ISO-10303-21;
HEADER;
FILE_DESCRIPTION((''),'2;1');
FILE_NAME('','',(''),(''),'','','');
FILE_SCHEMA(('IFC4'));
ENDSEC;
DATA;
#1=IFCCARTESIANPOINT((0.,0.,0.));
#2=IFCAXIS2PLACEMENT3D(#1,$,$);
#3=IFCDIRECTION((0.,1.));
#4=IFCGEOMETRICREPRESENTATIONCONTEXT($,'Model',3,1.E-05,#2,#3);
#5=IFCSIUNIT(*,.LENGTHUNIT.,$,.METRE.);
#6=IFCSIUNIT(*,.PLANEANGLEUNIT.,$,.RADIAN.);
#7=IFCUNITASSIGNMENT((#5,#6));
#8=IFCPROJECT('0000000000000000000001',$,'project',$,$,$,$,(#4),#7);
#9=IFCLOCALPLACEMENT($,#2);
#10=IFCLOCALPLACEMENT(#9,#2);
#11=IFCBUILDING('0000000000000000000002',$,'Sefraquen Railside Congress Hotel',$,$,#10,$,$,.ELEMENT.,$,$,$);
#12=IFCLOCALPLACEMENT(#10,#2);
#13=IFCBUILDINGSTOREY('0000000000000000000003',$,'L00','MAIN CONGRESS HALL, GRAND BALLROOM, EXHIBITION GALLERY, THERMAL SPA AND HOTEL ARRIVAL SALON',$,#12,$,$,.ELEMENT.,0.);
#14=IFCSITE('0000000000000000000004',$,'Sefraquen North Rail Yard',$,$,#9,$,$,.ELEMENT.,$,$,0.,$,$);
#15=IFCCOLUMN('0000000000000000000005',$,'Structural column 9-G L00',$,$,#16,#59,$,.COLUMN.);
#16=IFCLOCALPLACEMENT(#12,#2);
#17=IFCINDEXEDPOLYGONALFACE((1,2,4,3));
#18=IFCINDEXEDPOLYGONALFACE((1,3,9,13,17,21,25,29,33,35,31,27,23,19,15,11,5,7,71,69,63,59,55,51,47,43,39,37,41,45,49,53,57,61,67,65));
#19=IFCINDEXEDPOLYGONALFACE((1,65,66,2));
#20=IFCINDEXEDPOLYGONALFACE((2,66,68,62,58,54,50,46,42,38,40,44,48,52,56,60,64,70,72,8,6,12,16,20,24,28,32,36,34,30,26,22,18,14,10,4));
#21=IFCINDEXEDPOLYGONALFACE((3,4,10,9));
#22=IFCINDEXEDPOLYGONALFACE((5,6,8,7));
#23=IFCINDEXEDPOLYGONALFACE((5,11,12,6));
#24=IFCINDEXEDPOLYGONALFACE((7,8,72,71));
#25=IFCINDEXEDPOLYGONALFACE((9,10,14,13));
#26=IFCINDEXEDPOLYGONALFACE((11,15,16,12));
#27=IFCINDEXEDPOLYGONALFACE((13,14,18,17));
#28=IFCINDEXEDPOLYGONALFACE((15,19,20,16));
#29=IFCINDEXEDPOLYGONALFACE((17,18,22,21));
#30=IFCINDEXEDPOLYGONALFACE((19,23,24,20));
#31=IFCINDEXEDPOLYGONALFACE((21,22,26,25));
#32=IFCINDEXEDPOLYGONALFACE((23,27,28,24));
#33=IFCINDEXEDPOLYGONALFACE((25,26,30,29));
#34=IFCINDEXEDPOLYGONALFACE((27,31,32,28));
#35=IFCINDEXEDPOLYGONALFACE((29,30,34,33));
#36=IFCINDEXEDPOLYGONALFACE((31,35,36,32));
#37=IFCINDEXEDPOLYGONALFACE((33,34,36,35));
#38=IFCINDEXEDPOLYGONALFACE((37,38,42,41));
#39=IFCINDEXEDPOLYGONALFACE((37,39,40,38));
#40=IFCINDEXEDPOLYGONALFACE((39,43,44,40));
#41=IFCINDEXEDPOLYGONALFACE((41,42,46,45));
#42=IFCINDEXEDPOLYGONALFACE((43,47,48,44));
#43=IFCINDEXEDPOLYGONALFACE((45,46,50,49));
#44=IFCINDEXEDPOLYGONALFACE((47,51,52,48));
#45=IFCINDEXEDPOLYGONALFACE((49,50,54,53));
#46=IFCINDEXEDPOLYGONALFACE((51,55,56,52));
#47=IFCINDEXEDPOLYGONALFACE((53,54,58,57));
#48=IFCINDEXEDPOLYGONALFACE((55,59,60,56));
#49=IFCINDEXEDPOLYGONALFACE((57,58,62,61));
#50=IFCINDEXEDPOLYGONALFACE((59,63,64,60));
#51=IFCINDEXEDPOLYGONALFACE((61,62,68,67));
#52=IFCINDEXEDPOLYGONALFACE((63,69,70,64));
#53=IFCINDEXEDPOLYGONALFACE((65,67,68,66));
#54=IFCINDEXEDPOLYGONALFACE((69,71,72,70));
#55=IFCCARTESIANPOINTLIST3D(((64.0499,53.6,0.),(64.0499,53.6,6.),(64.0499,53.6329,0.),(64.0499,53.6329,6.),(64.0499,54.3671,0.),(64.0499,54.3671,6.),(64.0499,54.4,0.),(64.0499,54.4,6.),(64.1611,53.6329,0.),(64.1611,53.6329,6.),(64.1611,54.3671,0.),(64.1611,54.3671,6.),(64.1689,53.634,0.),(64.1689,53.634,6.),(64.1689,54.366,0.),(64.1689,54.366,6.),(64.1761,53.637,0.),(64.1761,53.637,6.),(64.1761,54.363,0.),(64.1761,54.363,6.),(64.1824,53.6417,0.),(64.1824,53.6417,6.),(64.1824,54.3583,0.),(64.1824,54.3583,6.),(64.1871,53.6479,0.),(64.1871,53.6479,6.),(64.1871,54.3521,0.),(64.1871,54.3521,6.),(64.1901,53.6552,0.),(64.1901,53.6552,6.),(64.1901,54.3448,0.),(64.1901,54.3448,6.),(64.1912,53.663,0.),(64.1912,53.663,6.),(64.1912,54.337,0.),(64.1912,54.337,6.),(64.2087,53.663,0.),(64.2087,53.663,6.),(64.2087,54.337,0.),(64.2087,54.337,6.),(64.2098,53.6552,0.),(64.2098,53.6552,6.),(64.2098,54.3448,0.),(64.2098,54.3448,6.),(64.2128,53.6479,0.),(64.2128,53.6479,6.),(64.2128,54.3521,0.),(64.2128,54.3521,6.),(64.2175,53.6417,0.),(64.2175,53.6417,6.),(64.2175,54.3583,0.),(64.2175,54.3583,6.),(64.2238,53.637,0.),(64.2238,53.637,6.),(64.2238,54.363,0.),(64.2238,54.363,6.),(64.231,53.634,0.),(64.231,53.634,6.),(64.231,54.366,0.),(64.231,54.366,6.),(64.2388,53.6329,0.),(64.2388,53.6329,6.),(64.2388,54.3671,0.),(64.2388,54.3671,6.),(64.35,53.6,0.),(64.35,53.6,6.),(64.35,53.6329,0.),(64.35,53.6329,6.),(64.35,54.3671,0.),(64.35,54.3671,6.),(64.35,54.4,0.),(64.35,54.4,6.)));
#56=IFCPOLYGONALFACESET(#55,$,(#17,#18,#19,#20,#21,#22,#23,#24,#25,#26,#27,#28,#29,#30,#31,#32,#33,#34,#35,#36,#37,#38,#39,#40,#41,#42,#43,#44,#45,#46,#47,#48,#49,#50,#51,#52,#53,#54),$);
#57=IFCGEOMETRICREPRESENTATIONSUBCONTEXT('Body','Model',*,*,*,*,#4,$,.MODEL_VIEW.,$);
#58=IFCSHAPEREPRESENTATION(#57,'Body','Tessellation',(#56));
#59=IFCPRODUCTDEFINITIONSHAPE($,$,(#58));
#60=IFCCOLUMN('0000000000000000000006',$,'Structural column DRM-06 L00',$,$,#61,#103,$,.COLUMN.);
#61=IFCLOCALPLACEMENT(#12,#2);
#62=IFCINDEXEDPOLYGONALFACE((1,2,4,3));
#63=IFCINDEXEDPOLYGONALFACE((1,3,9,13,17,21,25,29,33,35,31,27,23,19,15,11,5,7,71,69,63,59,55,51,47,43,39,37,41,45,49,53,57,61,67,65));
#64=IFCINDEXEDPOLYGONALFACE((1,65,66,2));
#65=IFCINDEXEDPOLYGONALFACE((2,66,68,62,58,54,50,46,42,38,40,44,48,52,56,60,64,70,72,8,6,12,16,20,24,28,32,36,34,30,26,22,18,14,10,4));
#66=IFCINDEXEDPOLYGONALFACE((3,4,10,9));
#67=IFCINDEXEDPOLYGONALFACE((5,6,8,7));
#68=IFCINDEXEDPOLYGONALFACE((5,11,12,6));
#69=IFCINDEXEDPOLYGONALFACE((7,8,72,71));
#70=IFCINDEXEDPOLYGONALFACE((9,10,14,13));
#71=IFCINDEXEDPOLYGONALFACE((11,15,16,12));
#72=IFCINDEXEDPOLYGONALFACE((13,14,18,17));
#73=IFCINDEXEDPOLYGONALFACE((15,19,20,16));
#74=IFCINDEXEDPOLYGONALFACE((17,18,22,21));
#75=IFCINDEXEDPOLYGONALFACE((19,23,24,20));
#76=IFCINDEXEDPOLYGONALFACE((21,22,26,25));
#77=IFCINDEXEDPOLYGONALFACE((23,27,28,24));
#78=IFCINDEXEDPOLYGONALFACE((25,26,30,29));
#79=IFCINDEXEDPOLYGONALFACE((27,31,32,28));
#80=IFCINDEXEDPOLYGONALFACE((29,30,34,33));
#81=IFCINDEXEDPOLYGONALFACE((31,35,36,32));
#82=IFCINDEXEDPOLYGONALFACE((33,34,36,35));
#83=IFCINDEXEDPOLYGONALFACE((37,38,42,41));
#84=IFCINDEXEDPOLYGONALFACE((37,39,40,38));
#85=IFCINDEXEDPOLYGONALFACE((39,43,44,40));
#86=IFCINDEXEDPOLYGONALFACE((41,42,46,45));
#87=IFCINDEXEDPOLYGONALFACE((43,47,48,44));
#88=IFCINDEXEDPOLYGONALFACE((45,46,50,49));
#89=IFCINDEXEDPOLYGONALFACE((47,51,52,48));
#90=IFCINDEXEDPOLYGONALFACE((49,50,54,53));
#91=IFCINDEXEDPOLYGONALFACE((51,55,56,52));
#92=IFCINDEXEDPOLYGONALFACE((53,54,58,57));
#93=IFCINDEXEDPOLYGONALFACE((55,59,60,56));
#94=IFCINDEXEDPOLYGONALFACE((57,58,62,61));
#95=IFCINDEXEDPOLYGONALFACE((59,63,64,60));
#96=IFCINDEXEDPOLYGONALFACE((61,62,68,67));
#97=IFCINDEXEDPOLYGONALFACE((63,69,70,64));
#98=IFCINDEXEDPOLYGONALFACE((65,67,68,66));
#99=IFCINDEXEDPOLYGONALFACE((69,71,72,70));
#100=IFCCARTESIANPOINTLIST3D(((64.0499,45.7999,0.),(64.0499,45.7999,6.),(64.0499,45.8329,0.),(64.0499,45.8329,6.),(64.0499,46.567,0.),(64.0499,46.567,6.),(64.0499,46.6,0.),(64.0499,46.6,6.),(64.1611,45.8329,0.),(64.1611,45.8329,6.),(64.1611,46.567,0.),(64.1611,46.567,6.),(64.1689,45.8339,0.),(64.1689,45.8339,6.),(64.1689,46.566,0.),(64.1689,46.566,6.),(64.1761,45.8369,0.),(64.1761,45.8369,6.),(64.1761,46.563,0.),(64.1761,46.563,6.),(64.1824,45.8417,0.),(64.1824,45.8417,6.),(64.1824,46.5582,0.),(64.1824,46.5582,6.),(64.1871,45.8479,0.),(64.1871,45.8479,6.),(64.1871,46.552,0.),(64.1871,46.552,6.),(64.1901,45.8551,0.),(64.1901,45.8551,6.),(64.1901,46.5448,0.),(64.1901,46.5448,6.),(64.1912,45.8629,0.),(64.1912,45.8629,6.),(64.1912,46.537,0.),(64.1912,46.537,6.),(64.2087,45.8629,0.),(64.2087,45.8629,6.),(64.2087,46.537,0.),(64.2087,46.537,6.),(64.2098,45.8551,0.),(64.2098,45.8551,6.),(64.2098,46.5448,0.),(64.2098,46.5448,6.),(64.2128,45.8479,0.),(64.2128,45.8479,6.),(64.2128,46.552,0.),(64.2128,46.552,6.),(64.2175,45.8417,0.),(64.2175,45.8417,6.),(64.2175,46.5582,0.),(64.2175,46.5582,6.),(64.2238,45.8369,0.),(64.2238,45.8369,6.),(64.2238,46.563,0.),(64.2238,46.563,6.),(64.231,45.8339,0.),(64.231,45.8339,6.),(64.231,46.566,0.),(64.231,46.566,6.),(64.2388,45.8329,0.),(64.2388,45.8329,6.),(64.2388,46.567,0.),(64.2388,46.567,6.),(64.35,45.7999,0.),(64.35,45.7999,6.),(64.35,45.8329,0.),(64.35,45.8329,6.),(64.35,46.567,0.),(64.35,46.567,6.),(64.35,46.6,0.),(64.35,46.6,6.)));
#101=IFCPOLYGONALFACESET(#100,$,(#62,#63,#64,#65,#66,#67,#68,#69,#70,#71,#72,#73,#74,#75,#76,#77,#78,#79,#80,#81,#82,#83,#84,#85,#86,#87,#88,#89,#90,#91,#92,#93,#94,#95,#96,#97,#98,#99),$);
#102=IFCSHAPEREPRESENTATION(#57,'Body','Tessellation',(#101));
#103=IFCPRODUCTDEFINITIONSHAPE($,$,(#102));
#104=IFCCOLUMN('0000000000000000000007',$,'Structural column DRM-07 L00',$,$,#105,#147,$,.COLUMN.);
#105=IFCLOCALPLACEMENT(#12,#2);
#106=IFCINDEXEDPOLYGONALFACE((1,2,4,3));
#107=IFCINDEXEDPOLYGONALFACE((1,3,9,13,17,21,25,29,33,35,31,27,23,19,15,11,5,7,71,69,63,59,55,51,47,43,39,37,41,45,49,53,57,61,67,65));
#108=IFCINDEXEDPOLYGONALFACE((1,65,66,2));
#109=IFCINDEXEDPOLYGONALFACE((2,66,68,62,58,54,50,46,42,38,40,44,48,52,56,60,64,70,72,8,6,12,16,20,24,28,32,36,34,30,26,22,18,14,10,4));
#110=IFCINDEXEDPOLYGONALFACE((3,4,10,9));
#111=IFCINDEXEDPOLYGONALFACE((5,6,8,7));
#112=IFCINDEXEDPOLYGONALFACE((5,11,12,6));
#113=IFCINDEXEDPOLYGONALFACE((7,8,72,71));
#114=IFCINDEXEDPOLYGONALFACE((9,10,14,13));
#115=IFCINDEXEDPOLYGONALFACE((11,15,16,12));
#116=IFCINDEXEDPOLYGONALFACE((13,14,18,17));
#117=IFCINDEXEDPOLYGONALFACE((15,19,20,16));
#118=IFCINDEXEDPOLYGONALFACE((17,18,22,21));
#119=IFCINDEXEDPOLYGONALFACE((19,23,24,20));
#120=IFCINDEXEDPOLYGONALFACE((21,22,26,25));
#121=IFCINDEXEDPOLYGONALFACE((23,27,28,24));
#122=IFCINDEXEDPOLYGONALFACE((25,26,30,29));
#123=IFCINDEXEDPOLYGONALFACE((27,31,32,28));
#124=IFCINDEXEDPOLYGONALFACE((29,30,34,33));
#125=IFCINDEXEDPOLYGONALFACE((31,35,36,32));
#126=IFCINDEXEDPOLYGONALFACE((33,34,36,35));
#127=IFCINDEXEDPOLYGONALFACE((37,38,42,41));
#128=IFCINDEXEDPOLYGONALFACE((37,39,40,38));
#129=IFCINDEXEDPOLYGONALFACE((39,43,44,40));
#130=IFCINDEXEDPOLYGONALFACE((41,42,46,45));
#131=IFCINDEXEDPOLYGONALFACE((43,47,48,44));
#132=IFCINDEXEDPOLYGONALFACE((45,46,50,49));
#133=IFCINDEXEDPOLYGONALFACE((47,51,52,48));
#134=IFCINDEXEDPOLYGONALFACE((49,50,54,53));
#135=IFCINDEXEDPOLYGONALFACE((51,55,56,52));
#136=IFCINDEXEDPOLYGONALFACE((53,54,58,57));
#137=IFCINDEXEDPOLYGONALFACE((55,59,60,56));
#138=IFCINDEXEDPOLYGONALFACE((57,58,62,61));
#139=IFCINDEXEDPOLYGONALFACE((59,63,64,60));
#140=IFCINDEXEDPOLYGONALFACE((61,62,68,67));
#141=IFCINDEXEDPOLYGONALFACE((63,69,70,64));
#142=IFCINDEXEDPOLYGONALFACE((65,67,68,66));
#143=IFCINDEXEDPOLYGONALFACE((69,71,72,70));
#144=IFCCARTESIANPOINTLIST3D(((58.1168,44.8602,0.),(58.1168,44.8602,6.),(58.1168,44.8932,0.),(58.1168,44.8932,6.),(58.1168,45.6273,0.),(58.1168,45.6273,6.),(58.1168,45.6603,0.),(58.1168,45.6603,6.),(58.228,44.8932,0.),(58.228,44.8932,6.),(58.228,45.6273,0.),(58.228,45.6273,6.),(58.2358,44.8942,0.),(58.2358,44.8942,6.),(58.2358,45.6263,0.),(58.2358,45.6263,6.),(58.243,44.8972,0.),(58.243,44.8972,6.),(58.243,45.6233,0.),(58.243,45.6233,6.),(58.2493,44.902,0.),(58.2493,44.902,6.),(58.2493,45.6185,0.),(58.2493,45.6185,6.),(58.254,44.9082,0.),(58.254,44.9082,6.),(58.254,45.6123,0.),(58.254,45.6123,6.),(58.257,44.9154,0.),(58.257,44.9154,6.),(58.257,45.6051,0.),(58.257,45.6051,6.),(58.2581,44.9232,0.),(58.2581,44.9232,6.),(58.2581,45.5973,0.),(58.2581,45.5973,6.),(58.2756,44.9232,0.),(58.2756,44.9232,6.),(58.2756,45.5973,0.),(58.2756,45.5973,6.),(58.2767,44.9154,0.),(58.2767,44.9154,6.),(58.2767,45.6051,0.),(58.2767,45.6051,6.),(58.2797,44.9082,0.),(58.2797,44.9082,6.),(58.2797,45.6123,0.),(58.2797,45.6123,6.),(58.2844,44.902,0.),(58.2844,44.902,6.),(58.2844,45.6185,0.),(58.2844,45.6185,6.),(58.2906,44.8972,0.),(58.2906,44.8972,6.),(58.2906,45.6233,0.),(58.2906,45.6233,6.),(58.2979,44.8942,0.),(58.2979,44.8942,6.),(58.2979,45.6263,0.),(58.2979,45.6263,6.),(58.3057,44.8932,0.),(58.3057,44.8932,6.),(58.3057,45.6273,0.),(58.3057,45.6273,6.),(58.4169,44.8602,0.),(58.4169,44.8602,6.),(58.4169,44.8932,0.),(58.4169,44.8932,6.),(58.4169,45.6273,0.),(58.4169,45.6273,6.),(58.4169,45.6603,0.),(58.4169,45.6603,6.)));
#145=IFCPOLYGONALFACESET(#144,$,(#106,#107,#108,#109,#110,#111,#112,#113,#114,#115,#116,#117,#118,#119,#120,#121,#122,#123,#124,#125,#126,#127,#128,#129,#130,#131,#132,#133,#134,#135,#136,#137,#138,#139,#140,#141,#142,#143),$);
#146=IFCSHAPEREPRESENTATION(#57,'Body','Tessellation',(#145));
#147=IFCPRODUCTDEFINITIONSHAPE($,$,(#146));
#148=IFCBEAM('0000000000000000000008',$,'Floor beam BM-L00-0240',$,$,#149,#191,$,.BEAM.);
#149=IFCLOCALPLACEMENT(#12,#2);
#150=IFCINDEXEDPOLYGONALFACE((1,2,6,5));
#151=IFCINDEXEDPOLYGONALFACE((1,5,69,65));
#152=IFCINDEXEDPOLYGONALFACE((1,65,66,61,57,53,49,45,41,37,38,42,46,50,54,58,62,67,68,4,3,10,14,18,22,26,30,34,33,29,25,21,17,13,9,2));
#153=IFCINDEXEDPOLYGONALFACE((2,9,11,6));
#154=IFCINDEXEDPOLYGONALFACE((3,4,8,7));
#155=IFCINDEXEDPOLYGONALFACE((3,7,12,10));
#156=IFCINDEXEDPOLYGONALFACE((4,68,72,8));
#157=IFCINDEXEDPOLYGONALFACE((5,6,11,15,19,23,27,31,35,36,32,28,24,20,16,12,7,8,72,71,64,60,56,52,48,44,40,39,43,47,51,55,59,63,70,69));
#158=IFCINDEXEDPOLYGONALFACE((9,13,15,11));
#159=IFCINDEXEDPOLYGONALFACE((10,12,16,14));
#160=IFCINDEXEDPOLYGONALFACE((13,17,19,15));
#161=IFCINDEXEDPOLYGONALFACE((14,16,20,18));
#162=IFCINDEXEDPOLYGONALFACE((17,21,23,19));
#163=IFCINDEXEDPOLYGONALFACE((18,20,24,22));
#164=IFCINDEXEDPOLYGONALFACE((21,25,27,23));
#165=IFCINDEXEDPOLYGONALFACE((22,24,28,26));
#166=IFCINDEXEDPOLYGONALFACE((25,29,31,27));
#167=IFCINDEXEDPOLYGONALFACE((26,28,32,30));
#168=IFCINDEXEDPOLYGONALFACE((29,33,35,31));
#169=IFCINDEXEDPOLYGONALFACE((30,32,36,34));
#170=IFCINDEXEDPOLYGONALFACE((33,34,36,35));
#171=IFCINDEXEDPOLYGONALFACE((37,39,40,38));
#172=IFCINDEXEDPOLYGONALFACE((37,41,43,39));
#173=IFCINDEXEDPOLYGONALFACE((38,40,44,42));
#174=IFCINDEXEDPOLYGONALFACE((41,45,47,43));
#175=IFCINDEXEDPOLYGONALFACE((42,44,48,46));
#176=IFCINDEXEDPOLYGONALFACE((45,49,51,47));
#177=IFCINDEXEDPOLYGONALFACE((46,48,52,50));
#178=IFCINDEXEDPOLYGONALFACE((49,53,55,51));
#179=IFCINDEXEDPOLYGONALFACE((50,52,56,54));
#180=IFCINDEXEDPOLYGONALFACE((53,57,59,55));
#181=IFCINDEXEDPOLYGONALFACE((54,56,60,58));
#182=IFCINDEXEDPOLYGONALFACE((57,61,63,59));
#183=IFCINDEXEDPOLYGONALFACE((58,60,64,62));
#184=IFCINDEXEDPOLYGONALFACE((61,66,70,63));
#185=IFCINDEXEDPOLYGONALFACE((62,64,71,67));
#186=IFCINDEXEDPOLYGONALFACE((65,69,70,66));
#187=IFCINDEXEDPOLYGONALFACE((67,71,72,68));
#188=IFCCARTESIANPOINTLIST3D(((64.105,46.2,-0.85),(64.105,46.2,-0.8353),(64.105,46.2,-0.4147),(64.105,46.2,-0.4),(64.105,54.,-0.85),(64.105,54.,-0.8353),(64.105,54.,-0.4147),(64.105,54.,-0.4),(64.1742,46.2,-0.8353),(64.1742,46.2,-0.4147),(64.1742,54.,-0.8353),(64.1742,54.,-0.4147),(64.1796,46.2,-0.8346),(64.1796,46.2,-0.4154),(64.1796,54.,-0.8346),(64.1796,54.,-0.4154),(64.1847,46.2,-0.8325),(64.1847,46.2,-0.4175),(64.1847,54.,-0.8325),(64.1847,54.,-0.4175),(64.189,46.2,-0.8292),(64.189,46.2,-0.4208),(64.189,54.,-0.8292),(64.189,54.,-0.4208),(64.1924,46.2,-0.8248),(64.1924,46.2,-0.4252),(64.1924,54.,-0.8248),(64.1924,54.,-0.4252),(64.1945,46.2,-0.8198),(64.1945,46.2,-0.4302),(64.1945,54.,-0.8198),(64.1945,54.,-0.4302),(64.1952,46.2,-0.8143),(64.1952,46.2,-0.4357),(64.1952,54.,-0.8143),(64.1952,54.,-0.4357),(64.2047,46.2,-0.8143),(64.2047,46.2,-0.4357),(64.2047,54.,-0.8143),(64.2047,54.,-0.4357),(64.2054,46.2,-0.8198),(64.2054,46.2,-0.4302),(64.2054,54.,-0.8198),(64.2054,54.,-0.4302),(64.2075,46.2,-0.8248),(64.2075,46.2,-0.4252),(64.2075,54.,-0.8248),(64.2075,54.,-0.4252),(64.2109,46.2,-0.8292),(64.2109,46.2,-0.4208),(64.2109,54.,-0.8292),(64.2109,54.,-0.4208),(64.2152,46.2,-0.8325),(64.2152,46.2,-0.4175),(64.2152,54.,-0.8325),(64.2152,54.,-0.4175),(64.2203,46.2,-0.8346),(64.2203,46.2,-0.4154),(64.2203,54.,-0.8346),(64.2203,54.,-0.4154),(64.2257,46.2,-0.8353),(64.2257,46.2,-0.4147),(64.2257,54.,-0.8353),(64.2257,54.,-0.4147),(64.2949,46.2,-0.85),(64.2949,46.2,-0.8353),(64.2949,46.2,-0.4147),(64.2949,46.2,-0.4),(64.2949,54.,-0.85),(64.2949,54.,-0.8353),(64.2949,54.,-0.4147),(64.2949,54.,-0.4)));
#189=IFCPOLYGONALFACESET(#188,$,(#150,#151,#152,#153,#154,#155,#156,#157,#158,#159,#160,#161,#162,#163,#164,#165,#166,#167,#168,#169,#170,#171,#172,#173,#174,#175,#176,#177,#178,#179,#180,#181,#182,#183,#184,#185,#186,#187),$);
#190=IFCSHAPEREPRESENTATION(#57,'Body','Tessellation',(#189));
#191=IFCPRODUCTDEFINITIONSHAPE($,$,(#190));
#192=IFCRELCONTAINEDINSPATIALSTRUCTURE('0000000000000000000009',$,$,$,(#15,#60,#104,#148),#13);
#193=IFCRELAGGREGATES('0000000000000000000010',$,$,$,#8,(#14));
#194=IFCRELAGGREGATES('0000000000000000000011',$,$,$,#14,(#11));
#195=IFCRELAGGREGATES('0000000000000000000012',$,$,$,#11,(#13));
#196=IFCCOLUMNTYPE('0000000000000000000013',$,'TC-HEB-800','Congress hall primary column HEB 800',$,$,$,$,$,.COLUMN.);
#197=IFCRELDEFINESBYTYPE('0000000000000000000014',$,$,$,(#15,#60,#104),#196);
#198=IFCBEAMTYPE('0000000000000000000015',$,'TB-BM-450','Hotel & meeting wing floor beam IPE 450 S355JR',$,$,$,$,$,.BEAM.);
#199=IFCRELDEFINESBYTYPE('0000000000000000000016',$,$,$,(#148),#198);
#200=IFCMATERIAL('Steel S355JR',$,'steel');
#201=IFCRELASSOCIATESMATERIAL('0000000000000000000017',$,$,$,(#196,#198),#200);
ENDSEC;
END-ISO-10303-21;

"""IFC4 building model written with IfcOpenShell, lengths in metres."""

from ifc_helpers import new_model, si_unit, direction, frame, origin, origin_2d, place, context, subcontext, project, spatial, i_section, extrude, material, material_profile, profile_set, type_object, element, save


model = new_model("IFC4")

# Units and contexts
model_context = context("Model", 3, precision=1e-05, world=origin(), true_north=direction((0.0, 1.0)))
body_context = subcontext(model_context, "Body", "Model", "MODEL_VIEW")
ifc_project = project(units=[si_unit("LENGTHUNIT", "METRE"), si_unit("PLANEANGLEUNIT", "RADIAN")], contexts=[model_context])

# Site, building, storey
site_placement = place(None, origin())
site = spatial("IfcSite", under=ifc_project, at=site_placement, Name="Sefraquen North Rail Yard", CompositionType="ELEMENT", RefElevation=0.0)
building_placement = place(site_placement, origin())
building = spatial("IfcBuilding", under=site, at=building_placement, Name="Sefraquen Railside Congress Hotel", CompositionType="ELEMENT")
storey_placement = place(building_placement, origin())
storey = spatial("IfcBuildingStorey", under=building, at=storey_placement, Name="L00", Description="MAIN CONGRESS HALL, GRAND BALLROOM, EXHIBITION GALLERY, THERMAL SPA AND HOTEL ARRIVAL SALON", CompositionType="ELEMENT", Elevation=0.0)

# Columns
ifc_material_1 = material(Name="Steel S355JR", Category="steel")
ifc_material_profile_1 = material_profile(ifc_material_1, i_section(OverallWidth=0.3, OverallDepth=0.8, WebThickness=0.0176, FlangeThickness=0.033, FilletRadius=0.03, at=origin_2d()), Name="HEB 800")
ifc_profile_set_1 = profile_set([ifc_material_profile_1], Name="Steel S355JR")
column_type = type_object("IfcColumnType", Name="TC-HEB-800", Description="Congress hall primary column HEB 800", PredefinedType="COLUMN", material=ifc_profile_set_1)
for number, where, z_axis, x_axis, name in (
    (1, (64.2, 54.0, 0.0), (0.0, 0.0, 1.0), (1.0, 0.0, 0.0), "Structural column 9-G L00"),
    (2, (64.2, 46.2, 0.0), (0.0, 0.0, 1.0), (1.0, 0.0, 0.0), "Structural column DRM-06 L00"),
    (3, (58.2668, 45.2603, 0.0), (0.0, 0.0, 1.0), (1.0, 0.0, 0.0), "Structural column DRM-07 L00"),
):
    element("IfcColumn", number, at=place(storey_placement, frame(where, z_axis=z_axis, x_axis=x_axis)), inside=storey, type_object=column_type, Name=name, PredefinedType="COLUMN", context=body_context, shape_type="SweptSolid", body=[
        extrude(i_section(OverallWidth=0.3, OverallDepth=0.8, WebThickness=0.0176, FlangeThickness=0.033, FilletRadius=0.03, at=origin_2d()), origin(), (0.0, 0.0, 1.0), 6.0),
    ])

# Beam
ifc_material_profile_2 = material_profile(ifc_material_1, i_section(OverallWidth=0.1899, OverallDepth=0.45, WebThickness=0.0095, FlangeThickness=0.0146, FilletRadius=0.021, at=origin_2d()), Name="IPE 450")
ifc_profile_set_2 = profile_set([ifc_material_profile_2], Name="Steel S355JR")
beam_type_1 = type_object("IfcBeamType", Name="TB-BM-450", Description="Hotel & meeting wing floor beam IPE 450 S355JR", PredefinedType="BEAM", material=ifc_profile_set_2)
beam_1_placement = place(storey_placement, frame((64.2, 46.2, -0.625), z_axis=(0.0, 1.0, 0.0), x_axis=(-1.0, 0.0, 0.0)))
element("IfcBeam", 4, at=beam_1_placement, inside=storey, type_object=beam_type_1, Name="Floor beam BM-L00-0240", PredefinedType="BEAM", context=body_context, shape_type="SweptSolid", body=[
    extrude(i_section(OverallWidth=0.1899, OverallDepth=0.45, WebThickness=0.0095, FlangeThickness=0.0146, FilletRadius=0.021, at=origin_2d()), origin(), (0.0, 0.0, 1.0), 7.8),
])

save(model, "model.ifc")
